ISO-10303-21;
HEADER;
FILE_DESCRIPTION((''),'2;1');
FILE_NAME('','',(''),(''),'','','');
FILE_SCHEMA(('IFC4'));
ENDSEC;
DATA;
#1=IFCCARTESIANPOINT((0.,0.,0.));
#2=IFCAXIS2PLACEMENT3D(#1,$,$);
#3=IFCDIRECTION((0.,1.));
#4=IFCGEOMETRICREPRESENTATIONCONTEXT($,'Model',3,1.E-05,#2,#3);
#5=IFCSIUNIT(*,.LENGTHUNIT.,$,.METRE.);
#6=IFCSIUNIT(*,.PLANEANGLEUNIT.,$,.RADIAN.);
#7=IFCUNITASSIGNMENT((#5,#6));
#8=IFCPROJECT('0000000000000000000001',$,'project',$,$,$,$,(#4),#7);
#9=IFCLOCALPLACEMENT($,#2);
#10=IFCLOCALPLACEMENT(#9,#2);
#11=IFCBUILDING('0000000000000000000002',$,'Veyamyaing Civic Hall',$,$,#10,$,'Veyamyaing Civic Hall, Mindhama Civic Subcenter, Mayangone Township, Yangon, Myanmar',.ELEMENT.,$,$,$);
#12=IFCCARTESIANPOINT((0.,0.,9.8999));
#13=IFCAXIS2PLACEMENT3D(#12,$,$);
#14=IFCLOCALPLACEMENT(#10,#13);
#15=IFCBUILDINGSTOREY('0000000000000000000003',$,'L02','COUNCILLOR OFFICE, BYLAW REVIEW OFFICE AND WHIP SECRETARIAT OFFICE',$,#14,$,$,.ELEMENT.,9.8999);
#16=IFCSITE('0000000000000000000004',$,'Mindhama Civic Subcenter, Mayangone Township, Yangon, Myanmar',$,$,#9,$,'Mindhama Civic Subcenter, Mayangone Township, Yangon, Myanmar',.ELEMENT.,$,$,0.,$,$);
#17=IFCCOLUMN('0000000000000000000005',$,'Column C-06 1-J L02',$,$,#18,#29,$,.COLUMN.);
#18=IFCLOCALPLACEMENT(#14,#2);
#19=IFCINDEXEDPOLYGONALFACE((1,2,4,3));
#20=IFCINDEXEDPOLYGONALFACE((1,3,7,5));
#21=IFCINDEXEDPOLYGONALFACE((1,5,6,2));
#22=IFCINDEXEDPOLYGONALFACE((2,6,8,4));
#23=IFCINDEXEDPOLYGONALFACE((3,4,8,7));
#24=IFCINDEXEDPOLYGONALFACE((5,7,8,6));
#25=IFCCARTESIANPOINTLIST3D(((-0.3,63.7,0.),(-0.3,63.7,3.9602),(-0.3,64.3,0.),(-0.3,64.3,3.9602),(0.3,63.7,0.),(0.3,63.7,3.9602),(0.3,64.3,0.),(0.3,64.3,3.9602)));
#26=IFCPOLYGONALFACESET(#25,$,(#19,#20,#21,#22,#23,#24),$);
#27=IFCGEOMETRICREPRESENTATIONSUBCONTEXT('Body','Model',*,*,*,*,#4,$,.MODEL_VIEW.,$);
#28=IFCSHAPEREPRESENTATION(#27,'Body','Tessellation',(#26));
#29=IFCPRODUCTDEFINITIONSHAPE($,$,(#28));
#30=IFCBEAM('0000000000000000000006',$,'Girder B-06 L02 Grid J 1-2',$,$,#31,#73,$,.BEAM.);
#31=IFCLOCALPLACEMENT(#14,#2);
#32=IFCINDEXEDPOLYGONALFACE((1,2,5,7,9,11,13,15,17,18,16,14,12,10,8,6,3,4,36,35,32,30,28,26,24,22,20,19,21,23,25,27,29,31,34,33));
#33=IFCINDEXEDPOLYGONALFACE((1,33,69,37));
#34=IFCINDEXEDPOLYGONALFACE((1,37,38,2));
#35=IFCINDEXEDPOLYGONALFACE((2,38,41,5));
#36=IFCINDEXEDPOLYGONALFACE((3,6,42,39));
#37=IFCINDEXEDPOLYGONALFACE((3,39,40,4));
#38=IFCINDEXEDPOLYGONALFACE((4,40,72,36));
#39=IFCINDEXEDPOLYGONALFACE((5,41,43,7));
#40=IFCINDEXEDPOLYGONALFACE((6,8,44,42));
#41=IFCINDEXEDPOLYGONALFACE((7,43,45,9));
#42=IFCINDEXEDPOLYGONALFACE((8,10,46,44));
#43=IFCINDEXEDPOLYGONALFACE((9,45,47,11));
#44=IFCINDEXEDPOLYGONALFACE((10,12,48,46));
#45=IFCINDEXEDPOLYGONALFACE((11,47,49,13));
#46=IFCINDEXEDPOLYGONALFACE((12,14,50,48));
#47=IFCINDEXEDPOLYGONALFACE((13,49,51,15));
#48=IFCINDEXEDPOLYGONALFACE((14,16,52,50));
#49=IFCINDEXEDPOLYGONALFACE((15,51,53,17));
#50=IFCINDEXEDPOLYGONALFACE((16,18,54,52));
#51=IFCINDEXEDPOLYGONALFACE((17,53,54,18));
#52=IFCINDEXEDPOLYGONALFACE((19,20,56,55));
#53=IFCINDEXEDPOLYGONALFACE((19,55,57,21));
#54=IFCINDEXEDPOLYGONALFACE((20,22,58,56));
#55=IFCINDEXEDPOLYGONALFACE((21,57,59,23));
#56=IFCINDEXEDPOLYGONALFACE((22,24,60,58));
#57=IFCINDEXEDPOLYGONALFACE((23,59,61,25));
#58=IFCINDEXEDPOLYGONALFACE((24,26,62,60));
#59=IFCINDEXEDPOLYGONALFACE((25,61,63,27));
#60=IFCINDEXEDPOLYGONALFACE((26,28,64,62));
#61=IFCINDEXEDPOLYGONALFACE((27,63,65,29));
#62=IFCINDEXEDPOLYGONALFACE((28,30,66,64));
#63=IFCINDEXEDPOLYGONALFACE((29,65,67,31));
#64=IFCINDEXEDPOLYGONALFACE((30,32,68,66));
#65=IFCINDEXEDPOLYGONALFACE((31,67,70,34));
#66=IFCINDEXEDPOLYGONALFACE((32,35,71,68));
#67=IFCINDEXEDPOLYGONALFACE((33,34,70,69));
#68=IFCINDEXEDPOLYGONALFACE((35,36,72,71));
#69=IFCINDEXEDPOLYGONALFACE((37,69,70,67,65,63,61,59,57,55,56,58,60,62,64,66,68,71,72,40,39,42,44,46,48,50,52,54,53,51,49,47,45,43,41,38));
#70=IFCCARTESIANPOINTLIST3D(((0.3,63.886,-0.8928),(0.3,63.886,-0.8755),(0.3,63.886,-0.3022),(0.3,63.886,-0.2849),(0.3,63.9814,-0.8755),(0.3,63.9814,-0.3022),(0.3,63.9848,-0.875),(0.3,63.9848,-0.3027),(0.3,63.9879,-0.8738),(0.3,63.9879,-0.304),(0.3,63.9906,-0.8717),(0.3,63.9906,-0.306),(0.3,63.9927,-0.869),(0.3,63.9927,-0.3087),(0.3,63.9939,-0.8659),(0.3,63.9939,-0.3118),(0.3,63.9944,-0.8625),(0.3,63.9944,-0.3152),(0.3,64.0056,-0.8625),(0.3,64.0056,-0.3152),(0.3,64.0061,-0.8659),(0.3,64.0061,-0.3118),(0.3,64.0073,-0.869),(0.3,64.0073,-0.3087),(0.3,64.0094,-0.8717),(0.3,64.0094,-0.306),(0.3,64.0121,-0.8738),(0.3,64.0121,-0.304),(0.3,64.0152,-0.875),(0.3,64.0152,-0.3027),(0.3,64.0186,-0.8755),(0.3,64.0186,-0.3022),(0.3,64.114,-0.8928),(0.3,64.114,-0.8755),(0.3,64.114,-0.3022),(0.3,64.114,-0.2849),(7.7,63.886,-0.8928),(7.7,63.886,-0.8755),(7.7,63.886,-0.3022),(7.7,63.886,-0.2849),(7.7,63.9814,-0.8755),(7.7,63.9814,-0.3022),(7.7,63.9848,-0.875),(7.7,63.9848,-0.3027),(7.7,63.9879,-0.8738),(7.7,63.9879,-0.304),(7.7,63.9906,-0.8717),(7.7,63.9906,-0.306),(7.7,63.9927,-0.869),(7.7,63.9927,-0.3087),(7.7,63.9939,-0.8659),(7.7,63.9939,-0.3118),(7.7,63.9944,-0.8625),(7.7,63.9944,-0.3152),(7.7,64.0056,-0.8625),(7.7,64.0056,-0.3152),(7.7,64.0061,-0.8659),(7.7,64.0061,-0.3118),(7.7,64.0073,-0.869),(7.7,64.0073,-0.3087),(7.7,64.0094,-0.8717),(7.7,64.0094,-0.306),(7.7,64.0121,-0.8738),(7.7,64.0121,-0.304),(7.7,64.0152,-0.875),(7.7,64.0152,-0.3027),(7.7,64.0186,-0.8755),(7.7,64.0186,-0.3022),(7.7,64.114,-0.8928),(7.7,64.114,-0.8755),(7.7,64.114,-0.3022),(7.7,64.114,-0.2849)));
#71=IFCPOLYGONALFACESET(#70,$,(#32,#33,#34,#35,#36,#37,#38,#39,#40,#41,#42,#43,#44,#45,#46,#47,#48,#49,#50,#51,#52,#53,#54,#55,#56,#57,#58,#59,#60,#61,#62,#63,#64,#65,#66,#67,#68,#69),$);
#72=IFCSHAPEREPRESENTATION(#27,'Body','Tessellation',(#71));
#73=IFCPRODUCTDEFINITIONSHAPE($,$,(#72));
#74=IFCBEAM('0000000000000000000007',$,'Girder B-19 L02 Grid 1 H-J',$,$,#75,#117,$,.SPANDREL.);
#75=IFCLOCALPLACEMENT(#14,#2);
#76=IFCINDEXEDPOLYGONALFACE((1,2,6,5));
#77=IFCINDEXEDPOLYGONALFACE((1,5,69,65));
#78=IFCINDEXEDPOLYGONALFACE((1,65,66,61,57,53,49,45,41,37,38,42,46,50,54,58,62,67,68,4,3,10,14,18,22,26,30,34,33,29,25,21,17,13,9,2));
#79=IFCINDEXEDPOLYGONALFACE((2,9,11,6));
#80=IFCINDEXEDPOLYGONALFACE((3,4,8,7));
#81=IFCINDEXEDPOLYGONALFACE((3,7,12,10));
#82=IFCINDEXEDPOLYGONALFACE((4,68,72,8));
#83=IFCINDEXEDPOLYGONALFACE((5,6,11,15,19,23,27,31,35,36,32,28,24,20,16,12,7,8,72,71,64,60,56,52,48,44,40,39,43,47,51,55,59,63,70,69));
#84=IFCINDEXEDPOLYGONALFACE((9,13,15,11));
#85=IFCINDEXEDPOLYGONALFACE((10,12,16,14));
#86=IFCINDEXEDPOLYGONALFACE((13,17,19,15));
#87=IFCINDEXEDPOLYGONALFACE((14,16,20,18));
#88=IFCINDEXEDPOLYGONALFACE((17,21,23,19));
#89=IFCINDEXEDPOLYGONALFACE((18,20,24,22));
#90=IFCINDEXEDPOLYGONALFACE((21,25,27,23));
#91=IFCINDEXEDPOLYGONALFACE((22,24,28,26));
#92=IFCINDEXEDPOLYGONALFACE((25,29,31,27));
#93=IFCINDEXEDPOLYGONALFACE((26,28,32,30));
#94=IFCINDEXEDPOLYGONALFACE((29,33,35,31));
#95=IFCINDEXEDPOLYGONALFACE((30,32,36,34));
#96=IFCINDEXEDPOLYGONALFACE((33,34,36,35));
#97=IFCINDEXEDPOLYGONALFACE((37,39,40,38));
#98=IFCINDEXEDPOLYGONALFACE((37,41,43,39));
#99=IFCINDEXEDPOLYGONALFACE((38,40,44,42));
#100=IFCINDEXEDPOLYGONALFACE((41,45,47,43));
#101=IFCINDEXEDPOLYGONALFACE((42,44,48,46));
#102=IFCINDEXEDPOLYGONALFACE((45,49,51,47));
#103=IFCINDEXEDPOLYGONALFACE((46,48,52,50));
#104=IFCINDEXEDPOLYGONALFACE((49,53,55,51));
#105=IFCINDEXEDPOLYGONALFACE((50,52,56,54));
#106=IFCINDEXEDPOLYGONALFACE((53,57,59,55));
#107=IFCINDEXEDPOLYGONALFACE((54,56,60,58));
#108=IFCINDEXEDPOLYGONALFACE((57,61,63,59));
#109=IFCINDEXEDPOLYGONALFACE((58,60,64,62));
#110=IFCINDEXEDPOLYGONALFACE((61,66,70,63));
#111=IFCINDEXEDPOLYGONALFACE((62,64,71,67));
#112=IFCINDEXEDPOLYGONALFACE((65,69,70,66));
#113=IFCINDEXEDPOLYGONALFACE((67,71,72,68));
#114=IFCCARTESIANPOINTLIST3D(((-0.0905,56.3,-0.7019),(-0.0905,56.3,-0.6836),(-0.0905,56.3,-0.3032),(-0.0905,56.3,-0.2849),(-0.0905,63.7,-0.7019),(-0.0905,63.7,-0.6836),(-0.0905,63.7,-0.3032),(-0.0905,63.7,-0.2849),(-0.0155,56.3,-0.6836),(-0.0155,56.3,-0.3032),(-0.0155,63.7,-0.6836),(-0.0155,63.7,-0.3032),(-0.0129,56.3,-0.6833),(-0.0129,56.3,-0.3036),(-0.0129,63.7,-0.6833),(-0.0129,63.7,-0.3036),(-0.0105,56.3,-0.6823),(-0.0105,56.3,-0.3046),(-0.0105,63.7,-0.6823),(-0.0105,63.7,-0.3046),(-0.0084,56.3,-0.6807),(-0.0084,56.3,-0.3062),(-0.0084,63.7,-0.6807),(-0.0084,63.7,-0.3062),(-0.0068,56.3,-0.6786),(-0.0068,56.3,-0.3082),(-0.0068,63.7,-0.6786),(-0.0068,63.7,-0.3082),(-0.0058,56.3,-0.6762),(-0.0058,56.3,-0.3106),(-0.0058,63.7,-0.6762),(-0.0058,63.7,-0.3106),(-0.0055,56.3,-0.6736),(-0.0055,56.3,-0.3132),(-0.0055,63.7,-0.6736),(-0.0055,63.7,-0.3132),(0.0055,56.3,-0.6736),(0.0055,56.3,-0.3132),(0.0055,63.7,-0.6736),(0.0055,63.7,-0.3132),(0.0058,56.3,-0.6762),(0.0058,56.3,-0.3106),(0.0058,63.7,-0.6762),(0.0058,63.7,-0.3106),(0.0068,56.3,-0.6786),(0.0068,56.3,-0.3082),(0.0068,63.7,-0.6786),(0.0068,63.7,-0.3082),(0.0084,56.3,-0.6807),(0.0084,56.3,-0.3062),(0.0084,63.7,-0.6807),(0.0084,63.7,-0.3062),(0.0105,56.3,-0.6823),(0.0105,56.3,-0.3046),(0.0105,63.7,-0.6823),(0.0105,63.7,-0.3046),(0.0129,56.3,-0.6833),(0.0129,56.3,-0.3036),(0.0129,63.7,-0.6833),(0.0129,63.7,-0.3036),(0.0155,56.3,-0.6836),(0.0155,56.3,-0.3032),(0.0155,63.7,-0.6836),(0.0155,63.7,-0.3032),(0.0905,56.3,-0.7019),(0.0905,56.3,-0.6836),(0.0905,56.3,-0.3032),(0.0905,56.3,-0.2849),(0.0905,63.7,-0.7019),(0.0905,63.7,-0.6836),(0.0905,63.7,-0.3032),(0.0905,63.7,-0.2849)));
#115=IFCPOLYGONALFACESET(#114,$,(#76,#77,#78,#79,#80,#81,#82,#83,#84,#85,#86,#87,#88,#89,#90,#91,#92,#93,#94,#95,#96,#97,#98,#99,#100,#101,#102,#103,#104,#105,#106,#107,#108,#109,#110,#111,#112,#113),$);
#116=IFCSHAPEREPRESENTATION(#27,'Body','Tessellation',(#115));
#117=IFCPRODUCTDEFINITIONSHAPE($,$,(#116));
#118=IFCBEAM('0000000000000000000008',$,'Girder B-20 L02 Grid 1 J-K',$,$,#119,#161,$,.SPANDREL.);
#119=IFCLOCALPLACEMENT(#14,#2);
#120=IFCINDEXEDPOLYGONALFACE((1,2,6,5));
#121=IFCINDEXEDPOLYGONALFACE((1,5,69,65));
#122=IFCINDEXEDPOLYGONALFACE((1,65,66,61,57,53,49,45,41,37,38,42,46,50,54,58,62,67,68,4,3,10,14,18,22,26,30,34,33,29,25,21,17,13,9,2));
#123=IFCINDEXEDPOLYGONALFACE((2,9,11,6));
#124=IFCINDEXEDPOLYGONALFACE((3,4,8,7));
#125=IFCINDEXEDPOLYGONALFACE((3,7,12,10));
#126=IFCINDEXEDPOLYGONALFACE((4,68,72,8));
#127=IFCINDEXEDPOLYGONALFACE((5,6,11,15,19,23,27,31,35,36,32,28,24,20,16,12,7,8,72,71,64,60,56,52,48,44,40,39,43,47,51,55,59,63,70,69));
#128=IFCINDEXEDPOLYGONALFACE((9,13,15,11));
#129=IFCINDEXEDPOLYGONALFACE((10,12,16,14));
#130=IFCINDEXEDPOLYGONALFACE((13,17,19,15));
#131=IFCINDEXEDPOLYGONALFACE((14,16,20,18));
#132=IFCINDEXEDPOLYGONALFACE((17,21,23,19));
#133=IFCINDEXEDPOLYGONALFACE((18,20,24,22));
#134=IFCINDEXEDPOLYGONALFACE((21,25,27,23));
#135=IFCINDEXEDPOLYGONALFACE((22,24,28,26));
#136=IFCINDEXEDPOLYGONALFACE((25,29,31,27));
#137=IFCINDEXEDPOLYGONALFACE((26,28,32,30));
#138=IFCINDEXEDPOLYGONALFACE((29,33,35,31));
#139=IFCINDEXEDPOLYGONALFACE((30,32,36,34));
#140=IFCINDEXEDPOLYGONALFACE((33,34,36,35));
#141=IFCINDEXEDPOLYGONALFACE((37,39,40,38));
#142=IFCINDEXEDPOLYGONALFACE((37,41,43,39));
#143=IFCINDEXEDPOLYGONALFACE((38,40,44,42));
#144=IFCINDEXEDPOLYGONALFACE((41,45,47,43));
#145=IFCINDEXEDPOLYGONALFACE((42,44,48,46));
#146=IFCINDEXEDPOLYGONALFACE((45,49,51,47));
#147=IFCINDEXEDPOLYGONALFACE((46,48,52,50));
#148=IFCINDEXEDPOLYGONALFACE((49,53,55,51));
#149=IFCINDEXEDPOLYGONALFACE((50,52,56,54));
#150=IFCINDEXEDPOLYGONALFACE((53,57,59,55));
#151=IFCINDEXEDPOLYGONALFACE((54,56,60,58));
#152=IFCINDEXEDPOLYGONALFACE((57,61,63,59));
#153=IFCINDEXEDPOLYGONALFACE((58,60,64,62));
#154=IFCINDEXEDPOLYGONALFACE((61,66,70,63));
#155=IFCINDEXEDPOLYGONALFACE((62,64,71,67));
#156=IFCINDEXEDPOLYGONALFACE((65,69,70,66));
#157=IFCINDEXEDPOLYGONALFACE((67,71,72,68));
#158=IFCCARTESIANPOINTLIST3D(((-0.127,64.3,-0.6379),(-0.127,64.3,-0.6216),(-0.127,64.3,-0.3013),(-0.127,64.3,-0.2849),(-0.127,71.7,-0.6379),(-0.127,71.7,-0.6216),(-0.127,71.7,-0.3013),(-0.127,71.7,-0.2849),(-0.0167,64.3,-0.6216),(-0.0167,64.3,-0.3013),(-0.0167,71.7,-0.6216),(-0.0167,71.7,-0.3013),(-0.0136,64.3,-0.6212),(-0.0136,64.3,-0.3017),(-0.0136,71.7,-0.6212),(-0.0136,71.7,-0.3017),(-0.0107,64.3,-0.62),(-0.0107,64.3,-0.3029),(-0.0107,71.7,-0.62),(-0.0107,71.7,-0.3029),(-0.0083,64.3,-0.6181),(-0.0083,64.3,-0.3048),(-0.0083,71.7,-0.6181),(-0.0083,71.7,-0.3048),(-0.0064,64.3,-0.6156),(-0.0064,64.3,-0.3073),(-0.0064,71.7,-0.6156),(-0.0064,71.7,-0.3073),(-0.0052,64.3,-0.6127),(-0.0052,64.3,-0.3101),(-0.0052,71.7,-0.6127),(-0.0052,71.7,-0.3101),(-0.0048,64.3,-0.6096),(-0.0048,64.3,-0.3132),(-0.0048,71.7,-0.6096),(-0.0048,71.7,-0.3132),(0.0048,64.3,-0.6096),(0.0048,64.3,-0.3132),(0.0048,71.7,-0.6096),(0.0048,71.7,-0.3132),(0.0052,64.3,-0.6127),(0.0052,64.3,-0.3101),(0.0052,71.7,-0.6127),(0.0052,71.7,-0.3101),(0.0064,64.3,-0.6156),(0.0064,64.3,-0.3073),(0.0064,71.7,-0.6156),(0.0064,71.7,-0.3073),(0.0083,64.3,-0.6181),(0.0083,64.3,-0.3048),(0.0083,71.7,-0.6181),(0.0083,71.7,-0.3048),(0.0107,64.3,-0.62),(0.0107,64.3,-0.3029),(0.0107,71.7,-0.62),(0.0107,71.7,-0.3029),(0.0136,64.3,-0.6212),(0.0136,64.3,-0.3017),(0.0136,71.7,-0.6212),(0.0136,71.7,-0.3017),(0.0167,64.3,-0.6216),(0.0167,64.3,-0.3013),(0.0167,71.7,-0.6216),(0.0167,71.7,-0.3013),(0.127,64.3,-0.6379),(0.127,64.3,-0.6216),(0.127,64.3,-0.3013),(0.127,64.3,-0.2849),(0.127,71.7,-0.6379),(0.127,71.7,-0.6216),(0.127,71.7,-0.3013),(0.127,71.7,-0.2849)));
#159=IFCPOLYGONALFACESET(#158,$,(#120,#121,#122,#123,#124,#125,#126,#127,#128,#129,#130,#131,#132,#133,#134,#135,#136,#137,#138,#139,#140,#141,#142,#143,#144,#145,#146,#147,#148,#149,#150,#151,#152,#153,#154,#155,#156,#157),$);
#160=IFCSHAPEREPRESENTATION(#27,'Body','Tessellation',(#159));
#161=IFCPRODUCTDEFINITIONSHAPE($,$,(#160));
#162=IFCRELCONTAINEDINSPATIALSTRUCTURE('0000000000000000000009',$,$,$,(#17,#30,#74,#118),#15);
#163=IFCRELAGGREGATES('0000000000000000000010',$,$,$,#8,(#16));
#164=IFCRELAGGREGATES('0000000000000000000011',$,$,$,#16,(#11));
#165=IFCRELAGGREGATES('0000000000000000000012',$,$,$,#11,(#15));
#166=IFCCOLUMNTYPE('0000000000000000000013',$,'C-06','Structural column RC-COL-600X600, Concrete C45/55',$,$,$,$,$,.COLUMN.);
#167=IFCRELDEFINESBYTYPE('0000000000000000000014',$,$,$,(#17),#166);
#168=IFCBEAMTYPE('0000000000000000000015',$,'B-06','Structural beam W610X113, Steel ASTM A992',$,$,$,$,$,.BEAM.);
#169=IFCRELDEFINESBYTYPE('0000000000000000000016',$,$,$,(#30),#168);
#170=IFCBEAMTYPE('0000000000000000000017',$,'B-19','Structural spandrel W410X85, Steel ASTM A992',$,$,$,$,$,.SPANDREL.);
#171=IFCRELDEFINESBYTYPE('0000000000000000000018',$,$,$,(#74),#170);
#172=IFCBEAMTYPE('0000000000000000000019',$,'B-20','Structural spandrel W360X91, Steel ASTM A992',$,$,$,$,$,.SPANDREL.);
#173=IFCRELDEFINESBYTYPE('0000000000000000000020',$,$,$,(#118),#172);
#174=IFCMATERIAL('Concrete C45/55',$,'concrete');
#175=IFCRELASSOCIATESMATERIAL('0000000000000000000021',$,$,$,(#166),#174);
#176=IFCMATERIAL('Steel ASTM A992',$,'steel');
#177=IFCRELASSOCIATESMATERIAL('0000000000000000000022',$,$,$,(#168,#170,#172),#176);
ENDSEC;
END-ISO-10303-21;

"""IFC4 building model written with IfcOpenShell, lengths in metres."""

from ifc_helpers import new_model, si_unit, direction, frame, origin, origin_2d, place, context, subcontext, project, spatial, rectangle, i_section, extrude, material, material_profile, profile_set, type_object, element, save


model = new_model("IFC4")

# Units and contexts
model_context = context("Model", 3, precision=1e-05, world=origin(), true_north=direction((0.0, 1.0)))
body_context = subcontext(model_context, "Body", "Model", "MODEL_VIEW")
ifc_project = project(units=[si_unit("LENGTHUNIT", "METRE"), si_unit("PLANEANGLEUNIT", "RADIAN")], contexts=[model_context])

# Site, building, storey
site_placement = place(None, origin())
site = spatial("IfcSite", under=ifc_project, at=site_placement, Name="Mindhama Civic Subcenter, Mayangone Township, Yangon, Myanmar", LongName="Mindhama Civic Subcenter, Mayangone Township, Yangon, Myanmar", CompositionType="ELEMENT", RefElevation=0.0)
building_placement = place(site_placement, origin())
building = spatial("IfcBuilding", under=site, at=building_placement, Name="Veyamyaing Civic Hall", LongName="Veyamyaing Civic Hall, Mindhama Civic Subcenter, Mayangone Township, Yangon, Myanmar", CompositionType="ELEMENT")
storey_placement = place(building_placement, frame((0.0, 0.0, 9.8999)))
storey = spatial("IfcBuildingStorey", under=building, at=storey_placement, Name="L02", Description="COUNCILLOR OFFICE, BYLAW REVIEW OFFICE AND WHIP SECRETARIAT OFFICE", CompositionType="ELEMENT", Elevation=9.8999)

# Column
ifc_material_1 = material(Name="Concrete C45/55", Category="concrete")
ifc_material_profile_1 = material_profile(ifc_material_1, rectangle(XDim=0.6001, YDim=0.6001, at=origin_2d()), Name="RC-COL-600X600")
ifc_profile_set_1 = profile_set([ifc_material_profile_1], Name="Concrete C45/55")
column_type = type_object("IfcColumnType", Name="C-06", Description="Structural column RC-COL-600X600, Concrete C45/55", PredefinedType="COLUMN", material=ifc_profile_set_1)
column_placement = place(storey_placement, frame((0.0, 64.0, 0.0), z_axis=(0.0, 0.0, 1.0), x_axis=(1.0, 0.0, 0.0)))
element("IfcColumn", 1, at=column_placement, inside=storey, type_object=column_type, Name="Column C-06 1-J L02", PredefinedType="COLUMN", context=body_context, shape_type="SweptSolid", body=[
    extrude(rectangle(XDim=0.6001, YDim=0.6001, at=origin_2d()), origin(), (0.0, 0.0, 1.0), 3.9602),
])

# Beams
ifc_material_2 = material(Name="Steel ASTM A992", Category="steel")
ifc_material_profile_2 = material_profile(ifc_material_2, i_section(OverallWidth=0.228, OverallDepth=0.6079, WebThickness=0.0112, FlangeThickness=0.0173, FilletRadius=0.0129, at=origin_2d()), Name="W610X113")
ifc_profile_set_2 = profile_set([ifc_material_profile_2], Name="Steel ASTM A992")
beam_type_1 = type_object("IfcBeamType", Name="B-06", Description="Structural beam W610X113, Steel ASTM A992", PredefinedType="BEAM", material=ifc_profile_set_2)
beam_1_placement = place(storey_placement, frame((0.3, 64.0, -0.5889), z_axis=(1.0, 0.0, 0.0), x_axis=(0.0, 1.0, 0.0)))
element("IfcBeam", 2, at=beam_1_placement, inside=storey, type_object=beam_type_1, Name="Girder B-06 L02 Grid J 1-2", PredefinedType="BEAM", context=body_context, shape_type="SweptSolid", body=[
    extrude(i_section(OverallWidth=0.228, OverallDepth=0.6079, WebThickness=0.0112, FlangeThickness=0.0173, FilletRadius=0.0129, at=origin_2d()), origin(), (0.0, 0.0, 1.0), 7.3999),
])
ifc_material_profile_3 = material_profile(ifc_material_2, i_section(OverallWidth=0.1809, OverallDepth=0.417, WebThickness=0.011, FlangeThickness=0.0183, FilletRadius=0.01, at=origin_2d()), Name="W410X85")
ifc_profile_set_3 = profile_set([ifc_material_profile_3], Name="Steel ASTM A992")
beam_type_2 = type_object("IfcBeamType", Name="B-19", Description="Structural spandrel W410X85, Steel ASTM A992", PredefinedType="SPANDREL", material=ifc_profile_set_3)
beam_2_placement = place(storey_placement, frame((0.0, 56.3, -0.4934), z_axis=(0.0, 1.0, 0.0), x_axis=(-1.0, 0.0, 0.0)))
element("IfcBeam", 3, at=beam_2_placement, inside=storey, type_object=beam_type_2, Name="Girder B-19 L02 Grid 1 H-J", PredefinedType="SPANDREL", context=body_context, shape_type="SweptSolid", body=[
    extrude(i_section(OverallWidth=0.1809, OverallDepth=0.417, WebThickness=0.011, FlangeThickness=0.0183, FilletRadius=0.01, at=origin_2d()), origin(), (0.0, 0.0, 1.0), 7.3999),
])
ifc_material_profile_4 = material_profile(ifc_material_2, i_section(OverallWidth=0.2539, OverallDepth=0.353, WebThickness=0.0095, FlangeThickness=0.0164, FilletRadius=0.012, at=origin_2d()), Name="W360X91")
ifc_profile_set_4 = profile_set([ifc_material_profile_4], Name="Steel ASTM A992")
beam_type_3 = type_object("IfcBeamType", Name="B-20", Description="Structural spandrel W360X91, Steel ASTM A992", PredefinedType="SPANDREL", material=ifc_profile_set_4)
beam_3_placement = place(storey_placement, frame((0.0, 64.3, -0.4614), z_axis=(0.0, 1.0, 0.0), x_axis=(-1.0, 0.0, 0.0)))
element("IfcBeam", 4, at=beam_3_placement, inside=storey, type_object=beam_type_3, Name="Girder B-20 L02 Grid 1 J-K", PredefinedType="SPANDREL", context=body_context, shape_type="SweptSolid", body=[
    extrude(i_section(OverallWidth=0.2539, OverallDepth=0.353, WebThickness=0.0095, FlangeThickness=0.0164, FilletRadius=0.012, at=origin_2d()), origin(), (0.0, 0.0, 1.0), 7.3999),
])

save(model, "model.ifc")
